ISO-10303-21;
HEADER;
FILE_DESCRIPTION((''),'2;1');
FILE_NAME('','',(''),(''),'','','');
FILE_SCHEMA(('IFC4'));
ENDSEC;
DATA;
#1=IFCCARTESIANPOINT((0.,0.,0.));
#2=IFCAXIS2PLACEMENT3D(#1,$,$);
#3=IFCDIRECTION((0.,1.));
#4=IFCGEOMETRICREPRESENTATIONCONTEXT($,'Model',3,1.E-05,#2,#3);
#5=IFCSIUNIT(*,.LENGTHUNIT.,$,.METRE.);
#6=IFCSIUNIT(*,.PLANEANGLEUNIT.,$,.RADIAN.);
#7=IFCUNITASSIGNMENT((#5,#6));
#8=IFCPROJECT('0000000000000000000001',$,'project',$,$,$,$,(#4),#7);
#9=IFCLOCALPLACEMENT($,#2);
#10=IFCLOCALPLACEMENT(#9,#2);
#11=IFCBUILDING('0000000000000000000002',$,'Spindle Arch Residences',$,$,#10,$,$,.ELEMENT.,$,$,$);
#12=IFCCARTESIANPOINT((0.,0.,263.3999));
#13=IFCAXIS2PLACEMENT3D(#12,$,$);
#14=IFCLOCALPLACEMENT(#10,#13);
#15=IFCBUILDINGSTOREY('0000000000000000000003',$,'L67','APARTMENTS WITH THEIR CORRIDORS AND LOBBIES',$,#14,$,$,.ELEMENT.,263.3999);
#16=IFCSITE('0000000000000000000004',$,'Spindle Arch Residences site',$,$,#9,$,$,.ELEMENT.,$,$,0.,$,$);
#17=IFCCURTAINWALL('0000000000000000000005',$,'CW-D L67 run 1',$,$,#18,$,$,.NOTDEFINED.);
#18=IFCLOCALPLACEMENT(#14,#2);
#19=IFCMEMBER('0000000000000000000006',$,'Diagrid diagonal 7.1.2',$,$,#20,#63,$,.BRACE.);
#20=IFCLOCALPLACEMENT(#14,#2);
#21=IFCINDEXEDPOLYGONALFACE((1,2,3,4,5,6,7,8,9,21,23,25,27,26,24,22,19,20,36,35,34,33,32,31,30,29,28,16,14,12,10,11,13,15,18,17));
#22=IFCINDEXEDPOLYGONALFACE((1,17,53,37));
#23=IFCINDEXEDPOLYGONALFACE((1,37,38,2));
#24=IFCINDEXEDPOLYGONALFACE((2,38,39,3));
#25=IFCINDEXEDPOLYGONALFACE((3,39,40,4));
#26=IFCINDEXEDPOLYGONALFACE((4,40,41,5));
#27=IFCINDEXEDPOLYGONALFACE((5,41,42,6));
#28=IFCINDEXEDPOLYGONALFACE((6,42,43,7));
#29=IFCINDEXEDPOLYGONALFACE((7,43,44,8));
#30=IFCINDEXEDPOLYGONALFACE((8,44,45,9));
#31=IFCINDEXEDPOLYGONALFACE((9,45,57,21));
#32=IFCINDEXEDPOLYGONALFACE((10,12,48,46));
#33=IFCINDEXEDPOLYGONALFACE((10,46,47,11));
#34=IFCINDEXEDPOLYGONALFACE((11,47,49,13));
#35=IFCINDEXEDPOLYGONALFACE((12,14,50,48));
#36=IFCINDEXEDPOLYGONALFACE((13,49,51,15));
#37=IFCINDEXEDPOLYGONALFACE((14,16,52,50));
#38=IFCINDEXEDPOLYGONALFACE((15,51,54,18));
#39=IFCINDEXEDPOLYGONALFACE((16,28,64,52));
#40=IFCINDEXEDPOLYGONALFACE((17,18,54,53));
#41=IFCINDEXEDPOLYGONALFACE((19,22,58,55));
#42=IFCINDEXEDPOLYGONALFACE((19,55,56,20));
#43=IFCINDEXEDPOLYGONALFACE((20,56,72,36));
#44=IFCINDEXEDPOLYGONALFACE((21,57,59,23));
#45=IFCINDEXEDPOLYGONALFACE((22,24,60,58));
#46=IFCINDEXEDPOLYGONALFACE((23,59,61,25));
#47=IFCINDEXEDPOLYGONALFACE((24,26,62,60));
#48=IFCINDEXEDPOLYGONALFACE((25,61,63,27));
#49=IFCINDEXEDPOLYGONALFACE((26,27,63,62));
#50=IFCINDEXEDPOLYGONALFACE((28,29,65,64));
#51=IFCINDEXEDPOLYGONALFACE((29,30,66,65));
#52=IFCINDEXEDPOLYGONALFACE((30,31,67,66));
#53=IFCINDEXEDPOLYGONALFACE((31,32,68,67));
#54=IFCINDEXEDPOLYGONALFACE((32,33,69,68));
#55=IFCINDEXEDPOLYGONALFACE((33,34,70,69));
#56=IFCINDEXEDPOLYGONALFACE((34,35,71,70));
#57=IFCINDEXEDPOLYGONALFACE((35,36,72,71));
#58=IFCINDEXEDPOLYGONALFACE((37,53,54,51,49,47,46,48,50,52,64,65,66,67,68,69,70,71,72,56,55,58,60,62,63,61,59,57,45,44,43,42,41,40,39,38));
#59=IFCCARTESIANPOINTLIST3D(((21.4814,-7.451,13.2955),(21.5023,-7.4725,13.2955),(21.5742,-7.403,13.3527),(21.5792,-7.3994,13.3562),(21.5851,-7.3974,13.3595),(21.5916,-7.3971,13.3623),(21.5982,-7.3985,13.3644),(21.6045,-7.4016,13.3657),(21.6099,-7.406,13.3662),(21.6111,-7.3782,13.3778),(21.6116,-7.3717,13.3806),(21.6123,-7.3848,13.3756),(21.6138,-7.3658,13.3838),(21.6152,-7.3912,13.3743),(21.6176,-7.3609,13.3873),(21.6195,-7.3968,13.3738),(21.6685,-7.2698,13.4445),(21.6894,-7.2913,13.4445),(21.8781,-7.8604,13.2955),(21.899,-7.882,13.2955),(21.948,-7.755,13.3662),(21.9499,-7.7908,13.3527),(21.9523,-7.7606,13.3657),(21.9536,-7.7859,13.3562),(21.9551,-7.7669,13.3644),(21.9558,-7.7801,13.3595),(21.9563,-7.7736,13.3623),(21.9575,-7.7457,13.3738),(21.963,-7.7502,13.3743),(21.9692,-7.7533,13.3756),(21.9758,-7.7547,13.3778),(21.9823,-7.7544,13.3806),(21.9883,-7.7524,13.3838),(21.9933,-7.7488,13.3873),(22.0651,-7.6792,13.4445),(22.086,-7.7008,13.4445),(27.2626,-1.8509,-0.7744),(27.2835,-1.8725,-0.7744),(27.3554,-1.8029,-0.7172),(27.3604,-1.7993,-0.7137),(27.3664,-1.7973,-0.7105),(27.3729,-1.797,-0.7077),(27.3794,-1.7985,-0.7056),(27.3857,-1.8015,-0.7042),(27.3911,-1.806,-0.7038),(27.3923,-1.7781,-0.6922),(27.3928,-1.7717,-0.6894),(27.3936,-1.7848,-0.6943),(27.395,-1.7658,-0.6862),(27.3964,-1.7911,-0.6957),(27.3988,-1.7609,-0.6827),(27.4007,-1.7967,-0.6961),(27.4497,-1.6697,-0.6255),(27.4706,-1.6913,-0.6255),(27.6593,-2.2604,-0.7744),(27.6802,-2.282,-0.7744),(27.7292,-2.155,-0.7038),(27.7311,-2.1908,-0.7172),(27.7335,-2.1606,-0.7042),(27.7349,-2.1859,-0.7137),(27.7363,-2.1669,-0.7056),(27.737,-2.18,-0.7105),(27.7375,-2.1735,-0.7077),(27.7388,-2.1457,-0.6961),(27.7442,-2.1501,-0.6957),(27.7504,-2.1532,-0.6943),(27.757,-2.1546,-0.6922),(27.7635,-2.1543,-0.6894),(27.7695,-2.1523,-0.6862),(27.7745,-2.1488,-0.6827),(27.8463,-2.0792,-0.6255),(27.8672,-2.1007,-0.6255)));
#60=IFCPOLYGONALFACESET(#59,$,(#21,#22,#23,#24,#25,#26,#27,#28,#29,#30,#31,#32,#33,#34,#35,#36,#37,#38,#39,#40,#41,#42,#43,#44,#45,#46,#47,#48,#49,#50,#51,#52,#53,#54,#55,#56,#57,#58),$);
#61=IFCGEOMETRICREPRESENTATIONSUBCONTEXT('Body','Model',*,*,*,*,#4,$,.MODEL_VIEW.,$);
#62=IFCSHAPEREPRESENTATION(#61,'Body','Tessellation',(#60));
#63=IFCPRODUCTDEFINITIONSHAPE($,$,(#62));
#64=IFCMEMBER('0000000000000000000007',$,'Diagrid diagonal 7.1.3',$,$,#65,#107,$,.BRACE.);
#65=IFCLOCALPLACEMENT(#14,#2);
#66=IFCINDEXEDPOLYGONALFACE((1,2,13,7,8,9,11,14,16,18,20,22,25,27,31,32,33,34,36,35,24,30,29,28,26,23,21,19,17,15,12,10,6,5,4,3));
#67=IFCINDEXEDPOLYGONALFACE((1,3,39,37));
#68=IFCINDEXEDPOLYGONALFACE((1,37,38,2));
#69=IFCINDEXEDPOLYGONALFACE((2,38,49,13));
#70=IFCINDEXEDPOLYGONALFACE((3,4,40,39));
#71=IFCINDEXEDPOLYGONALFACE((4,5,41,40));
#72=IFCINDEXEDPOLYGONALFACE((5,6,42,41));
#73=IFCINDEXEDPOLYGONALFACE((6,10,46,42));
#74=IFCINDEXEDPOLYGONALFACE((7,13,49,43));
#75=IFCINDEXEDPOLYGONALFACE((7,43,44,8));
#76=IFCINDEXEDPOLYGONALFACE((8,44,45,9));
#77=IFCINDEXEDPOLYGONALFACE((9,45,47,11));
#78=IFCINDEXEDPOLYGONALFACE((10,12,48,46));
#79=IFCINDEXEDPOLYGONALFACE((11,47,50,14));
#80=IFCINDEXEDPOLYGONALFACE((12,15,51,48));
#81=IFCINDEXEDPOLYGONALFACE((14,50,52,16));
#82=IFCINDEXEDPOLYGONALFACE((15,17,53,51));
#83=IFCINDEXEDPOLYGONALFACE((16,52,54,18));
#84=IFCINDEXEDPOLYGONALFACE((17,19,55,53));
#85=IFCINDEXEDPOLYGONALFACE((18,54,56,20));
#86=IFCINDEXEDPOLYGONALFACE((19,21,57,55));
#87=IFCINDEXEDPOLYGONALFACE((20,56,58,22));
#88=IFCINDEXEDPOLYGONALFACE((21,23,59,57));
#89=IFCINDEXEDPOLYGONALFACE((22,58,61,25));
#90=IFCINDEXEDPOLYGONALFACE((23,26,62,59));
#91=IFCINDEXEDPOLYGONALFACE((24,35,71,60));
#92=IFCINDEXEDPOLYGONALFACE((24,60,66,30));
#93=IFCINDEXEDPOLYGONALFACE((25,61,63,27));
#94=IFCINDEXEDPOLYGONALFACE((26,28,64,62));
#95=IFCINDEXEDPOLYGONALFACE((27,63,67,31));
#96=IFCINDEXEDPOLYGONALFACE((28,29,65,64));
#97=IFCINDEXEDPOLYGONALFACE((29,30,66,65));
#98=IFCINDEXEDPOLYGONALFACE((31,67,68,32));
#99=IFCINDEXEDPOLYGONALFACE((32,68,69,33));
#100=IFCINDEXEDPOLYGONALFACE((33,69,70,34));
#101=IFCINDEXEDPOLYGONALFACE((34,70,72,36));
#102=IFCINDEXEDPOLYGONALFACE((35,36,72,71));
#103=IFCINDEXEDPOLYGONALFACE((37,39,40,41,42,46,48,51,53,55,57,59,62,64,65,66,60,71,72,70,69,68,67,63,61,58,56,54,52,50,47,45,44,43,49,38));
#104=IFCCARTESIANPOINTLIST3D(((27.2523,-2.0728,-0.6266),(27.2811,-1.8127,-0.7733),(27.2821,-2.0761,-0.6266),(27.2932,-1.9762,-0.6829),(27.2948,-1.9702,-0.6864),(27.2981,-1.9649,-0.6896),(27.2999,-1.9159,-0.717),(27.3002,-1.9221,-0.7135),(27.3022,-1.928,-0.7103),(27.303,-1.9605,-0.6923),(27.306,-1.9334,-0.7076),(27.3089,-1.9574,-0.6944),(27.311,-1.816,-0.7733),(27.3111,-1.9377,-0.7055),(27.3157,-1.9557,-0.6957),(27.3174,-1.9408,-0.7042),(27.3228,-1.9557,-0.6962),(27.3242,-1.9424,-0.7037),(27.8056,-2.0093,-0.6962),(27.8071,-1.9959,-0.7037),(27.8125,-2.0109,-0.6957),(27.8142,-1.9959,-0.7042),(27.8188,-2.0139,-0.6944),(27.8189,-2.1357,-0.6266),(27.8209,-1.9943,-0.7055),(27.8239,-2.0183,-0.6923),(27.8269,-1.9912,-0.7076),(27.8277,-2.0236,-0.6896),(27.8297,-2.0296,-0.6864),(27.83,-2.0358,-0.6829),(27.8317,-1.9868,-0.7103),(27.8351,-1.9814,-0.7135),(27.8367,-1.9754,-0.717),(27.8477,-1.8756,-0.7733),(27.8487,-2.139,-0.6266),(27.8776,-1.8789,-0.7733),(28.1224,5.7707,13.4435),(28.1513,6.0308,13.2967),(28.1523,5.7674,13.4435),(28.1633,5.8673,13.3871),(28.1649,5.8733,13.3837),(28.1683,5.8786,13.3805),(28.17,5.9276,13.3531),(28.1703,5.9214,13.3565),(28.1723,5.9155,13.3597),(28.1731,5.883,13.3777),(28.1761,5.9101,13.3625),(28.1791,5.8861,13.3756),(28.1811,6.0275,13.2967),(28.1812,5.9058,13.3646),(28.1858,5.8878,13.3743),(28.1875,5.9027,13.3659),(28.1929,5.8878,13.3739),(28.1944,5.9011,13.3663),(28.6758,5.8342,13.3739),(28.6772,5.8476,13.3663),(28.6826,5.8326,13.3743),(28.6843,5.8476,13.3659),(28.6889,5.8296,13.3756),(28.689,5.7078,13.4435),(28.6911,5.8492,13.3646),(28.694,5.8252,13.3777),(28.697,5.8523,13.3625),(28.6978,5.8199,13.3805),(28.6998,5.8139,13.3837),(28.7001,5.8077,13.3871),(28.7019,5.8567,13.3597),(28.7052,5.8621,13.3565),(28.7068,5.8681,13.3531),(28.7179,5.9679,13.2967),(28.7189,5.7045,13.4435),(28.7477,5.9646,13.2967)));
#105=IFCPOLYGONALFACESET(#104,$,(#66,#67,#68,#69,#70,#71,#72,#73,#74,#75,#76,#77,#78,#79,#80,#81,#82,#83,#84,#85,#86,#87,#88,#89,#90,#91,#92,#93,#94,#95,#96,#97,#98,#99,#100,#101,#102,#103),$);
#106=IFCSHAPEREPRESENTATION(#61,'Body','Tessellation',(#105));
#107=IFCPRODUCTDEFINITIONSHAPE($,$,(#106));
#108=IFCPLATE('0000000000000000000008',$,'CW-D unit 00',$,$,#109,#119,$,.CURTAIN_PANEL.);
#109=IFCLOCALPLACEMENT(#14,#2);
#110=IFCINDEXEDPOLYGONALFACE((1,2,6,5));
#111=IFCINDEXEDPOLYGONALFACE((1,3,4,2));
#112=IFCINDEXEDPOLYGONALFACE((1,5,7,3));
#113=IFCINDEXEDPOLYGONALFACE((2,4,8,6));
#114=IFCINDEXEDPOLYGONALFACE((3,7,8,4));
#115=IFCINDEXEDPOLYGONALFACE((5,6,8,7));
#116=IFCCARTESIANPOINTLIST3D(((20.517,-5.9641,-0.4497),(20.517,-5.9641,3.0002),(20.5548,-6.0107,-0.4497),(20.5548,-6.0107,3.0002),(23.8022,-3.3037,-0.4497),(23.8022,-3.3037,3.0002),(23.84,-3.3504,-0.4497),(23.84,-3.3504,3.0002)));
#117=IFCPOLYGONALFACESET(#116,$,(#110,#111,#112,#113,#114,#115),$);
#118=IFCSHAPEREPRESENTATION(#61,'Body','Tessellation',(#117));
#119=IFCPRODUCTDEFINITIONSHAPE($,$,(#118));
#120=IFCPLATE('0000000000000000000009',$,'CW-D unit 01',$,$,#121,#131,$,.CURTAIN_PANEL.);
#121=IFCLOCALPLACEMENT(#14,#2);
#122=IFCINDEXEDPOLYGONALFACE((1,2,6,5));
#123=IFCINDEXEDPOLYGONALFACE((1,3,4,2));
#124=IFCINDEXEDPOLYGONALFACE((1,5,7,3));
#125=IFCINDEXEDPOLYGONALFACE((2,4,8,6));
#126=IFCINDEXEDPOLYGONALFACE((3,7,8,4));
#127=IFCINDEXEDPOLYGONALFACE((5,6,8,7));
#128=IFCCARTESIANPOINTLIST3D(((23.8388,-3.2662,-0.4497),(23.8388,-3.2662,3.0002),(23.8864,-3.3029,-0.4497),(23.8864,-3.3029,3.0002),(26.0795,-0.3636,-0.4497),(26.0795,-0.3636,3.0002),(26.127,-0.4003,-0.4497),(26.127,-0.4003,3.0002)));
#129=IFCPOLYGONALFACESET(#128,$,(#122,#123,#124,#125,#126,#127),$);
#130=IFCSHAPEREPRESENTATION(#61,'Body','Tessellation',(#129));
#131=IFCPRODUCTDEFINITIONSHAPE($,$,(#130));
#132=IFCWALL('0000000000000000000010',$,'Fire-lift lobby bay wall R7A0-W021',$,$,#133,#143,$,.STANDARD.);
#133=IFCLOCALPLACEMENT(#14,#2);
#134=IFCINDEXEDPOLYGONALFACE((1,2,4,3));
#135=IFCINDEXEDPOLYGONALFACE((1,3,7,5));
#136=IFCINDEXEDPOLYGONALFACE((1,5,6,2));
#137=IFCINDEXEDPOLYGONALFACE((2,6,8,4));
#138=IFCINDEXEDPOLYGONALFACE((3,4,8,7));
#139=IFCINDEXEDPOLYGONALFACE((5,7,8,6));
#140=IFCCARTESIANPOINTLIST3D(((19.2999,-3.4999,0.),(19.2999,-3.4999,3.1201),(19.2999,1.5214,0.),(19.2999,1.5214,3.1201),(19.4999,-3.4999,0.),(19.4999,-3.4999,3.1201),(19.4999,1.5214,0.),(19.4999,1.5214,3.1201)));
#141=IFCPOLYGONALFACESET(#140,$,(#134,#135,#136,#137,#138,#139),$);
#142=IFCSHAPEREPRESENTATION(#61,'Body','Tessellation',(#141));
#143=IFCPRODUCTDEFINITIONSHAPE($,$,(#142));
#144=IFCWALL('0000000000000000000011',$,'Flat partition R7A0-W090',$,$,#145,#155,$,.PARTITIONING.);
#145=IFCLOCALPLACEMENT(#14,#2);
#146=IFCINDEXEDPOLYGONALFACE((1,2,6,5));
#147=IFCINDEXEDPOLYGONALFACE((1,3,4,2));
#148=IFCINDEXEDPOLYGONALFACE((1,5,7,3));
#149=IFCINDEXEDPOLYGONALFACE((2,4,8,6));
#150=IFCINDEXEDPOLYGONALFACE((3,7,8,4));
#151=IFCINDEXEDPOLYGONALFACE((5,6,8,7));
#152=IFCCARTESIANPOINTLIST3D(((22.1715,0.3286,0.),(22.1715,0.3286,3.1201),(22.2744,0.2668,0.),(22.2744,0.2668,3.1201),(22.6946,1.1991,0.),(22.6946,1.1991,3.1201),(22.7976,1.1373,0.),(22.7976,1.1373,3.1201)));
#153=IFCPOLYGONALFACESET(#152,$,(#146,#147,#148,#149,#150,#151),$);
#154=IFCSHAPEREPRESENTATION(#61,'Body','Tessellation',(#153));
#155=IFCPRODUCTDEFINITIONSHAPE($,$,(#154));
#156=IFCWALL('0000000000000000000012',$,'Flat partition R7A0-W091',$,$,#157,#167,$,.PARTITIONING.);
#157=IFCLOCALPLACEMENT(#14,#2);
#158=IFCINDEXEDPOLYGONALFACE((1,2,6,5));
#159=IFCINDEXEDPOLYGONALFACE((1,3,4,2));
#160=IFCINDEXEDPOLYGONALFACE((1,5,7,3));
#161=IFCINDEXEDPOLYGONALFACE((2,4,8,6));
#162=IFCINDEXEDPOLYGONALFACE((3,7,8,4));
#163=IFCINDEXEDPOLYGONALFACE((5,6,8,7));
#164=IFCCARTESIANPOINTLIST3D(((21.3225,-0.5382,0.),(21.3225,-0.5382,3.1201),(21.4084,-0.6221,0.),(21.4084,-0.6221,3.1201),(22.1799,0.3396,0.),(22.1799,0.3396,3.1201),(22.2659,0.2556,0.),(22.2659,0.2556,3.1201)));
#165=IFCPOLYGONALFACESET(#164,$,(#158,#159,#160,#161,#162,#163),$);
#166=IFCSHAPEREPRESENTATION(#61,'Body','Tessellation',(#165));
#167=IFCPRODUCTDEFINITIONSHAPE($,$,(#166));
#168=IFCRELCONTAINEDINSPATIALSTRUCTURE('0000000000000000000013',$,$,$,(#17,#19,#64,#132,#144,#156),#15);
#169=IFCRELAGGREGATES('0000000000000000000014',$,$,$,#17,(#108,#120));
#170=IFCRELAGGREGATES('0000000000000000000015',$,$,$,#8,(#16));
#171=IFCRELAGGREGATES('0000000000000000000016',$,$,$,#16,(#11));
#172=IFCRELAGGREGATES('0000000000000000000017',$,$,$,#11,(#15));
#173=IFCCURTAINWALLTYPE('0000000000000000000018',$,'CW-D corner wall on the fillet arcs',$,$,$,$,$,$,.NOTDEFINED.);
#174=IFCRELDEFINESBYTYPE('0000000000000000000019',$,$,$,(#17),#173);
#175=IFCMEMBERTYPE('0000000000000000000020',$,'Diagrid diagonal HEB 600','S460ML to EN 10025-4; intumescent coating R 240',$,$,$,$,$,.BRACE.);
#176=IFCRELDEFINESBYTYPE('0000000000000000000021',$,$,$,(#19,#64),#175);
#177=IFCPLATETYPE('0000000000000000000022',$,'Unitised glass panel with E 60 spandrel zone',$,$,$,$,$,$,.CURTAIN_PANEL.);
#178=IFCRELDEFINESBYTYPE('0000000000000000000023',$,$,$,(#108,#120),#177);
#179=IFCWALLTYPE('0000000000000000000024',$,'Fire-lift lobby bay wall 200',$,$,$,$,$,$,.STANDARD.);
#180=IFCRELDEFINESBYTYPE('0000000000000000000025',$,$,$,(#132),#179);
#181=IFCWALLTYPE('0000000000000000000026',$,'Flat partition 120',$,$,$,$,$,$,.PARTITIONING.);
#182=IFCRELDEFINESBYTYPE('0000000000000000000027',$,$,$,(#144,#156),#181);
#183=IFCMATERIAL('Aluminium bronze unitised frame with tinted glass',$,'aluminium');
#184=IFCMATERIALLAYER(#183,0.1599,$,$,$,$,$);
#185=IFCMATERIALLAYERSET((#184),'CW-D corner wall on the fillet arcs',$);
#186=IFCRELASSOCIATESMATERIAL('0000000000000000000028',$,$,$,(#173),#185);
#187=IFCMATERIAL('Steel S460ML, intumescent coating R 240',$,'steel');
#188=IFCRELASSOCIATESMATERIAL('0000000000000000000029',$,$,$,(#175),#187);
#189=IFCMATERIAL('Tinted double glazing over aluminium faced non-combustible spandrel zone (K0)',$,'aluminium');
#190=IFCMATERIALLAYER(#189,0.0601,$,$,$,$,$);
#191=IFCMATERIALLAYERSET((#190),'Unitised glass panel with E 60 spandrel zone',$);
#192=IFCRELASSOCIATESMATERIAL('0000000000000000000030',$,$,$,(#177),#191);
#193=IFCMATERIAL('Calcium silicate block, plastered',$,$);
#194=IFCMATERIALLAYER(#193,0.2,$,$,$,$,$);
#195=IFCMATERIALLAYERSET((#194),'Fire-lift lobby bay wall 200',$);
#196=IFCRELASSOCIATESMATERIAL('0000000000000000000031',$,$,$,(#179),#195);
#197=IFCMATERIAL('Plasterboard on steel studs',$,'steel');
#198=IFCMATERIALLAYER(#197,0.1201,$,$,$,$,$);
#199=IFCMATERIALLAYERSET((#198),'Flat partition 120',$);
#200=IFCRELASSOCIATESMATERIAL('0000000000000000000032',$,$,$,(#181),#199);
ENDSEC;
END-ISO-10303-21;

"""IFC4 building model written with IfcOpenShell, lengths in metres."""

from ifc_helpers import new_model, si_unit, direction, frame, frame_2d, origin, origin_2d, place, context, subcontext, project, spatial, rectangle, i_section, extrude, material, layer, layer_set, material_profile, profile_set, type_object, element, aggregate, save


model = new_model("IFC4")

# Units and contexts
model_context = context("Model", 3, precision=1e-05, world=origin(), true_north=direction((0.0, 1.0)))
body_context = subcontext(model_context, "Body", "Model", "MODEL_VIEW")
ifc_project = project(units=[si_unit("LENGTHUNIT", "METRE"), si_unit("PLANEANGLEUNIT", "RADIAN")], contexts=[model_context])

# Site, building, storey
site_placement = place(None, origin())
site = spatial("IfcSite", under=ifc_project, at=site_placement, Name="Spindle Arch Residences site", CompositionType="ELEMENT", RefElevation=0.0)
building_placement = place(site_placement, origin())
building = spatial("IfcBuilding", under=site, at=building_placement, Name="Spindle Arch Residences", CompositionType="ELEMENT")
storey_placement = place(building_placement, frame((0.0, 0.0, 263.3999)))
storey = spatial("IfcBuildingStorey", under=building, at=storey_placement, Name="L67", Description="APARTMENTS WITH THEIR CORRIDORS AND LOBBIES", CompositionType="ELEMENT", Elevation=263.3999)

# Curtain wall
ifc_material_1 = material(Name="Aluminium bronze unitised frame with tinted glass", Category="aluminium")
ifc_layer_1 = layer(ifc_material_1, 0.1599)
ifc_layer_set_1 = layer_set([ifc_layer_1], Name="CW-D corner wall on the fillet arcs")
curtain_wall_type = type_object("IfcCurtainWallType", Name="CW-D corner wall on the fillet arcs", PredefinedType="NOTDEFINED", material=ifc_layer_set_1)
curtain_wall_placement = place(storey_placement, origin())
curtain_wall = element("IfcCurtainWall", 1, at=curtain_wall_placement, inside=storey, type_object=curtain_wall_type, Name="CW-D L67 run 1", PredefinedType="NOTDEFINED")

# Members
ifc_material_2 = material(Name="Steel S460ML, intumescent coating R 240", Category="steel")
ifc_material_profile_1 = material_profile(ifc_material_2, i_section(OverallWidth=0.3, OverallDepth=0.6001, WebThickness=0.0154, FlangeThickness=0.03, FilletRadius=0.0271, at=origin_2d()), Name="HEB 600")
ifc_profile_set_1 = profile_set([ifc_material_profile_1], Name="Steel S460ML, intumescent coating R 240")
member_type_1 = type_object("IfcMemberType", Name="Diagrid diagonal HEB 600", Description="S460ML to EN 10025-4; intumescent coating R 240", PredefinedType="BRACE", material=ifc_profile_set_1)
member_1_placement = place(storey_placement, frame((27.5649, -1.9758, -0.7), z_axis=(-0.356656, -0.345481, 0.868009), x_axis=(0.623465, 0.603929, 0.496549)))
element("IfcMember", 2, at=member_1_placement, inside=storey, type_object=member_type_1, Name="Diagrid diagonal 7.1.2", PredefinedType="BRACE", context=body_context, shape_type="SweptSolid", body=[
    extrude(i_section(OverallWidth=0.3, OverallDepth=0.6001, WebThickness=0.0154, FlangeThickness=0.03, FilletRadius=0.0271, at=origin_2d()), origin(), (0.0, 0.0, 1.0), 16.2095),
])
member_2_placement = place(storey_placement, frame((27.5649, -1.9758, -0.7), z_axis=(0.053937, 0.486205, 0.872179), x_axis=(-0.096165, -0.866861, 0.489188)))
element("IfcMember", 3, at=member_2_placement, inside=storey, type_object=member_type_1, Name="Diagrid diagonal 7.1.3", PredefinedType="BRACE", context=body_context, shape_type="SweptSolid", body=[
    extrude(i_section(OverallWidth=0.3, OverallDepth=0.6001, WebThickness=0.0154, FlangeThickness=0.03, FilletRadius=0.0271, at=origin_2d()), origin(), (0.0, 0.0, 1.0), 16.1321),
])

# Plates
ifc_material_3 = material(Name="Tinted double glazing over aluminium faced non-combustible spandrel zone (K0)", Category="aluminium")
ifc_layer_2 = layer(ifc_material_3, 0.0601)
ifc_layer_set_2 = layer_set([ifc_layer_2], Name="Unitised glass panel with E 60 spandrel zone")
plate_type = type_object("IfcPlateType", Name="Unitised glass panel with E 60 spandrel zone", PredefinedType="CURTAIN_PANEL", material=ifc_layer_set_2)
plate_1_placement = place(storey_placement, frame((22.1785, -4.6572, -0.4497), z_axis=(0.0, 0.0, 1.0), x_axis=(0.777146, 0.62932, 0.0)))
plate_1 = element("IfcPlate", 4, at=plate_1_placement, type_object=plate_type, Name="CW-D unit 00", PredefinedType="CURTAIN_PANEL", context=body_context, shape_type="SweptSolid", body=[
    extrude(rectangle(XDim=4.2273, YDim=0.0601, at=origin_2d()), origin(), (0.0, 0.0, 1.0), 3.45),
])
plate_2_placement = place(storey_placement, frame((24.9829, -1.8333, -0.4497), z_axis=(0.0, 0.0, 1.0), x_axis=(0.611067, 0.791579, 0.0)))
plate_2 = element("IfcPlate", 5, at=plate_2_placement, type_object=plate_type, Name="CW-D unit 01", PredefinedType="CURTAIN_PANEL", context=body_context, shape_type="SweptSolid", body=[
    extrude(rectangle(XDim=3.6667, YDim=0.0601, at=origin_2d()), origin(), (0.0, 0.0, 1.0), 3.45),
])
aggregate(curtain_wall, [plate_1, plate_2])

# Walls
ifc_material_4 = material(Name="Calcium silicate block, plastered")
ifc_layer_3 = layer(ifc_material_4, 0.2)
ifc_layer_set_3 = layer_set([ifc_layer_3], Name="Fire-lift lobby bay wall 200")
wall_type_1 = type_object("IfcWallType", Name="Fire-lift lobby bay wall 200", PredefinedType="STANDARD", material=ifc_layer_set_3)
wall_1_placement = place(storey_placement, frame((19.3999, -3.5, 0.0), z_axis=(0.0, 0.0, 1.0), x_axis=(0.0, 1.0, 0.0)))
element("IfcWall", 6, at=wall_1_placement, inside=storey, type_object=wall_type_1, Name="Fire-lift lobby bay wall R7A0-W021", PredefinedType="STANDARD", context=body_context, shape_type="SweptSolid", body=[
    extrude(rectangle(XDim=5.0212, YDim=0.2, at=frame_2d((2.5107, 0.0))), origin(), (0.0, 0.0, 1.0), 3.1201),
])
ifc_material_5 = material(Name="Plasterboard on steel studs", Category="steel")
ifc_layer_4 = layer(ifc_material_5, 0.1201)
ifc_layer_set_4 = layer_set([ifc_layer_4], Name="Flat partition 120")
wall_type_2 = type_object("IfcWallType", Name="Flat partition 120", PredefinedType="PARTITIONING", material=ifc_layer_set_4)
wall_2_placement = place(storey_placement, frame((22.7461, 1.1682, 0.0), z_axis=(0.0, 0.0, 1.0), x_axis=(-0.515097, -0.857132, 0.0)))
element("IfcWall", 7, at=wall_2_placement, inside=storey, type_object=wall_type_2, Name="Flat partition R7A0-W090", PredefinedType="PARTITIONING", context=body_context, shape_type="SweptSolid", body=[
    extrude(rectangle(XDim=1.0156, YDim=0.1201, at=frame_2d((0.5078, 0.0))), origin(), (0.0, 0.0, 1.0), 3.1201),
])
wall_3_placement = place(storey_placement, frame((22.2229, 0.2976, 0.0), z_axis=(0.0, 0.0, 1.0), x_axis=(-0.698801, -0.715316, 0.0)))
element("IfcWall", 8, at=wall_3_placement, inside=storey, type_object=wall_type_2, Name="Flat partition R7A0-W091", PredefinedType="PARTITIONING", context=body_context, shape_type="SweptSolid", body=[
    extrude(rectangle(XDim=1.2271, YDim=0.1201, at=frame_2d((0.6135, 0.0))), origin(), (0.0, 0.0, 1.0), 3.1201),
])

save(model, "model.ifc")
